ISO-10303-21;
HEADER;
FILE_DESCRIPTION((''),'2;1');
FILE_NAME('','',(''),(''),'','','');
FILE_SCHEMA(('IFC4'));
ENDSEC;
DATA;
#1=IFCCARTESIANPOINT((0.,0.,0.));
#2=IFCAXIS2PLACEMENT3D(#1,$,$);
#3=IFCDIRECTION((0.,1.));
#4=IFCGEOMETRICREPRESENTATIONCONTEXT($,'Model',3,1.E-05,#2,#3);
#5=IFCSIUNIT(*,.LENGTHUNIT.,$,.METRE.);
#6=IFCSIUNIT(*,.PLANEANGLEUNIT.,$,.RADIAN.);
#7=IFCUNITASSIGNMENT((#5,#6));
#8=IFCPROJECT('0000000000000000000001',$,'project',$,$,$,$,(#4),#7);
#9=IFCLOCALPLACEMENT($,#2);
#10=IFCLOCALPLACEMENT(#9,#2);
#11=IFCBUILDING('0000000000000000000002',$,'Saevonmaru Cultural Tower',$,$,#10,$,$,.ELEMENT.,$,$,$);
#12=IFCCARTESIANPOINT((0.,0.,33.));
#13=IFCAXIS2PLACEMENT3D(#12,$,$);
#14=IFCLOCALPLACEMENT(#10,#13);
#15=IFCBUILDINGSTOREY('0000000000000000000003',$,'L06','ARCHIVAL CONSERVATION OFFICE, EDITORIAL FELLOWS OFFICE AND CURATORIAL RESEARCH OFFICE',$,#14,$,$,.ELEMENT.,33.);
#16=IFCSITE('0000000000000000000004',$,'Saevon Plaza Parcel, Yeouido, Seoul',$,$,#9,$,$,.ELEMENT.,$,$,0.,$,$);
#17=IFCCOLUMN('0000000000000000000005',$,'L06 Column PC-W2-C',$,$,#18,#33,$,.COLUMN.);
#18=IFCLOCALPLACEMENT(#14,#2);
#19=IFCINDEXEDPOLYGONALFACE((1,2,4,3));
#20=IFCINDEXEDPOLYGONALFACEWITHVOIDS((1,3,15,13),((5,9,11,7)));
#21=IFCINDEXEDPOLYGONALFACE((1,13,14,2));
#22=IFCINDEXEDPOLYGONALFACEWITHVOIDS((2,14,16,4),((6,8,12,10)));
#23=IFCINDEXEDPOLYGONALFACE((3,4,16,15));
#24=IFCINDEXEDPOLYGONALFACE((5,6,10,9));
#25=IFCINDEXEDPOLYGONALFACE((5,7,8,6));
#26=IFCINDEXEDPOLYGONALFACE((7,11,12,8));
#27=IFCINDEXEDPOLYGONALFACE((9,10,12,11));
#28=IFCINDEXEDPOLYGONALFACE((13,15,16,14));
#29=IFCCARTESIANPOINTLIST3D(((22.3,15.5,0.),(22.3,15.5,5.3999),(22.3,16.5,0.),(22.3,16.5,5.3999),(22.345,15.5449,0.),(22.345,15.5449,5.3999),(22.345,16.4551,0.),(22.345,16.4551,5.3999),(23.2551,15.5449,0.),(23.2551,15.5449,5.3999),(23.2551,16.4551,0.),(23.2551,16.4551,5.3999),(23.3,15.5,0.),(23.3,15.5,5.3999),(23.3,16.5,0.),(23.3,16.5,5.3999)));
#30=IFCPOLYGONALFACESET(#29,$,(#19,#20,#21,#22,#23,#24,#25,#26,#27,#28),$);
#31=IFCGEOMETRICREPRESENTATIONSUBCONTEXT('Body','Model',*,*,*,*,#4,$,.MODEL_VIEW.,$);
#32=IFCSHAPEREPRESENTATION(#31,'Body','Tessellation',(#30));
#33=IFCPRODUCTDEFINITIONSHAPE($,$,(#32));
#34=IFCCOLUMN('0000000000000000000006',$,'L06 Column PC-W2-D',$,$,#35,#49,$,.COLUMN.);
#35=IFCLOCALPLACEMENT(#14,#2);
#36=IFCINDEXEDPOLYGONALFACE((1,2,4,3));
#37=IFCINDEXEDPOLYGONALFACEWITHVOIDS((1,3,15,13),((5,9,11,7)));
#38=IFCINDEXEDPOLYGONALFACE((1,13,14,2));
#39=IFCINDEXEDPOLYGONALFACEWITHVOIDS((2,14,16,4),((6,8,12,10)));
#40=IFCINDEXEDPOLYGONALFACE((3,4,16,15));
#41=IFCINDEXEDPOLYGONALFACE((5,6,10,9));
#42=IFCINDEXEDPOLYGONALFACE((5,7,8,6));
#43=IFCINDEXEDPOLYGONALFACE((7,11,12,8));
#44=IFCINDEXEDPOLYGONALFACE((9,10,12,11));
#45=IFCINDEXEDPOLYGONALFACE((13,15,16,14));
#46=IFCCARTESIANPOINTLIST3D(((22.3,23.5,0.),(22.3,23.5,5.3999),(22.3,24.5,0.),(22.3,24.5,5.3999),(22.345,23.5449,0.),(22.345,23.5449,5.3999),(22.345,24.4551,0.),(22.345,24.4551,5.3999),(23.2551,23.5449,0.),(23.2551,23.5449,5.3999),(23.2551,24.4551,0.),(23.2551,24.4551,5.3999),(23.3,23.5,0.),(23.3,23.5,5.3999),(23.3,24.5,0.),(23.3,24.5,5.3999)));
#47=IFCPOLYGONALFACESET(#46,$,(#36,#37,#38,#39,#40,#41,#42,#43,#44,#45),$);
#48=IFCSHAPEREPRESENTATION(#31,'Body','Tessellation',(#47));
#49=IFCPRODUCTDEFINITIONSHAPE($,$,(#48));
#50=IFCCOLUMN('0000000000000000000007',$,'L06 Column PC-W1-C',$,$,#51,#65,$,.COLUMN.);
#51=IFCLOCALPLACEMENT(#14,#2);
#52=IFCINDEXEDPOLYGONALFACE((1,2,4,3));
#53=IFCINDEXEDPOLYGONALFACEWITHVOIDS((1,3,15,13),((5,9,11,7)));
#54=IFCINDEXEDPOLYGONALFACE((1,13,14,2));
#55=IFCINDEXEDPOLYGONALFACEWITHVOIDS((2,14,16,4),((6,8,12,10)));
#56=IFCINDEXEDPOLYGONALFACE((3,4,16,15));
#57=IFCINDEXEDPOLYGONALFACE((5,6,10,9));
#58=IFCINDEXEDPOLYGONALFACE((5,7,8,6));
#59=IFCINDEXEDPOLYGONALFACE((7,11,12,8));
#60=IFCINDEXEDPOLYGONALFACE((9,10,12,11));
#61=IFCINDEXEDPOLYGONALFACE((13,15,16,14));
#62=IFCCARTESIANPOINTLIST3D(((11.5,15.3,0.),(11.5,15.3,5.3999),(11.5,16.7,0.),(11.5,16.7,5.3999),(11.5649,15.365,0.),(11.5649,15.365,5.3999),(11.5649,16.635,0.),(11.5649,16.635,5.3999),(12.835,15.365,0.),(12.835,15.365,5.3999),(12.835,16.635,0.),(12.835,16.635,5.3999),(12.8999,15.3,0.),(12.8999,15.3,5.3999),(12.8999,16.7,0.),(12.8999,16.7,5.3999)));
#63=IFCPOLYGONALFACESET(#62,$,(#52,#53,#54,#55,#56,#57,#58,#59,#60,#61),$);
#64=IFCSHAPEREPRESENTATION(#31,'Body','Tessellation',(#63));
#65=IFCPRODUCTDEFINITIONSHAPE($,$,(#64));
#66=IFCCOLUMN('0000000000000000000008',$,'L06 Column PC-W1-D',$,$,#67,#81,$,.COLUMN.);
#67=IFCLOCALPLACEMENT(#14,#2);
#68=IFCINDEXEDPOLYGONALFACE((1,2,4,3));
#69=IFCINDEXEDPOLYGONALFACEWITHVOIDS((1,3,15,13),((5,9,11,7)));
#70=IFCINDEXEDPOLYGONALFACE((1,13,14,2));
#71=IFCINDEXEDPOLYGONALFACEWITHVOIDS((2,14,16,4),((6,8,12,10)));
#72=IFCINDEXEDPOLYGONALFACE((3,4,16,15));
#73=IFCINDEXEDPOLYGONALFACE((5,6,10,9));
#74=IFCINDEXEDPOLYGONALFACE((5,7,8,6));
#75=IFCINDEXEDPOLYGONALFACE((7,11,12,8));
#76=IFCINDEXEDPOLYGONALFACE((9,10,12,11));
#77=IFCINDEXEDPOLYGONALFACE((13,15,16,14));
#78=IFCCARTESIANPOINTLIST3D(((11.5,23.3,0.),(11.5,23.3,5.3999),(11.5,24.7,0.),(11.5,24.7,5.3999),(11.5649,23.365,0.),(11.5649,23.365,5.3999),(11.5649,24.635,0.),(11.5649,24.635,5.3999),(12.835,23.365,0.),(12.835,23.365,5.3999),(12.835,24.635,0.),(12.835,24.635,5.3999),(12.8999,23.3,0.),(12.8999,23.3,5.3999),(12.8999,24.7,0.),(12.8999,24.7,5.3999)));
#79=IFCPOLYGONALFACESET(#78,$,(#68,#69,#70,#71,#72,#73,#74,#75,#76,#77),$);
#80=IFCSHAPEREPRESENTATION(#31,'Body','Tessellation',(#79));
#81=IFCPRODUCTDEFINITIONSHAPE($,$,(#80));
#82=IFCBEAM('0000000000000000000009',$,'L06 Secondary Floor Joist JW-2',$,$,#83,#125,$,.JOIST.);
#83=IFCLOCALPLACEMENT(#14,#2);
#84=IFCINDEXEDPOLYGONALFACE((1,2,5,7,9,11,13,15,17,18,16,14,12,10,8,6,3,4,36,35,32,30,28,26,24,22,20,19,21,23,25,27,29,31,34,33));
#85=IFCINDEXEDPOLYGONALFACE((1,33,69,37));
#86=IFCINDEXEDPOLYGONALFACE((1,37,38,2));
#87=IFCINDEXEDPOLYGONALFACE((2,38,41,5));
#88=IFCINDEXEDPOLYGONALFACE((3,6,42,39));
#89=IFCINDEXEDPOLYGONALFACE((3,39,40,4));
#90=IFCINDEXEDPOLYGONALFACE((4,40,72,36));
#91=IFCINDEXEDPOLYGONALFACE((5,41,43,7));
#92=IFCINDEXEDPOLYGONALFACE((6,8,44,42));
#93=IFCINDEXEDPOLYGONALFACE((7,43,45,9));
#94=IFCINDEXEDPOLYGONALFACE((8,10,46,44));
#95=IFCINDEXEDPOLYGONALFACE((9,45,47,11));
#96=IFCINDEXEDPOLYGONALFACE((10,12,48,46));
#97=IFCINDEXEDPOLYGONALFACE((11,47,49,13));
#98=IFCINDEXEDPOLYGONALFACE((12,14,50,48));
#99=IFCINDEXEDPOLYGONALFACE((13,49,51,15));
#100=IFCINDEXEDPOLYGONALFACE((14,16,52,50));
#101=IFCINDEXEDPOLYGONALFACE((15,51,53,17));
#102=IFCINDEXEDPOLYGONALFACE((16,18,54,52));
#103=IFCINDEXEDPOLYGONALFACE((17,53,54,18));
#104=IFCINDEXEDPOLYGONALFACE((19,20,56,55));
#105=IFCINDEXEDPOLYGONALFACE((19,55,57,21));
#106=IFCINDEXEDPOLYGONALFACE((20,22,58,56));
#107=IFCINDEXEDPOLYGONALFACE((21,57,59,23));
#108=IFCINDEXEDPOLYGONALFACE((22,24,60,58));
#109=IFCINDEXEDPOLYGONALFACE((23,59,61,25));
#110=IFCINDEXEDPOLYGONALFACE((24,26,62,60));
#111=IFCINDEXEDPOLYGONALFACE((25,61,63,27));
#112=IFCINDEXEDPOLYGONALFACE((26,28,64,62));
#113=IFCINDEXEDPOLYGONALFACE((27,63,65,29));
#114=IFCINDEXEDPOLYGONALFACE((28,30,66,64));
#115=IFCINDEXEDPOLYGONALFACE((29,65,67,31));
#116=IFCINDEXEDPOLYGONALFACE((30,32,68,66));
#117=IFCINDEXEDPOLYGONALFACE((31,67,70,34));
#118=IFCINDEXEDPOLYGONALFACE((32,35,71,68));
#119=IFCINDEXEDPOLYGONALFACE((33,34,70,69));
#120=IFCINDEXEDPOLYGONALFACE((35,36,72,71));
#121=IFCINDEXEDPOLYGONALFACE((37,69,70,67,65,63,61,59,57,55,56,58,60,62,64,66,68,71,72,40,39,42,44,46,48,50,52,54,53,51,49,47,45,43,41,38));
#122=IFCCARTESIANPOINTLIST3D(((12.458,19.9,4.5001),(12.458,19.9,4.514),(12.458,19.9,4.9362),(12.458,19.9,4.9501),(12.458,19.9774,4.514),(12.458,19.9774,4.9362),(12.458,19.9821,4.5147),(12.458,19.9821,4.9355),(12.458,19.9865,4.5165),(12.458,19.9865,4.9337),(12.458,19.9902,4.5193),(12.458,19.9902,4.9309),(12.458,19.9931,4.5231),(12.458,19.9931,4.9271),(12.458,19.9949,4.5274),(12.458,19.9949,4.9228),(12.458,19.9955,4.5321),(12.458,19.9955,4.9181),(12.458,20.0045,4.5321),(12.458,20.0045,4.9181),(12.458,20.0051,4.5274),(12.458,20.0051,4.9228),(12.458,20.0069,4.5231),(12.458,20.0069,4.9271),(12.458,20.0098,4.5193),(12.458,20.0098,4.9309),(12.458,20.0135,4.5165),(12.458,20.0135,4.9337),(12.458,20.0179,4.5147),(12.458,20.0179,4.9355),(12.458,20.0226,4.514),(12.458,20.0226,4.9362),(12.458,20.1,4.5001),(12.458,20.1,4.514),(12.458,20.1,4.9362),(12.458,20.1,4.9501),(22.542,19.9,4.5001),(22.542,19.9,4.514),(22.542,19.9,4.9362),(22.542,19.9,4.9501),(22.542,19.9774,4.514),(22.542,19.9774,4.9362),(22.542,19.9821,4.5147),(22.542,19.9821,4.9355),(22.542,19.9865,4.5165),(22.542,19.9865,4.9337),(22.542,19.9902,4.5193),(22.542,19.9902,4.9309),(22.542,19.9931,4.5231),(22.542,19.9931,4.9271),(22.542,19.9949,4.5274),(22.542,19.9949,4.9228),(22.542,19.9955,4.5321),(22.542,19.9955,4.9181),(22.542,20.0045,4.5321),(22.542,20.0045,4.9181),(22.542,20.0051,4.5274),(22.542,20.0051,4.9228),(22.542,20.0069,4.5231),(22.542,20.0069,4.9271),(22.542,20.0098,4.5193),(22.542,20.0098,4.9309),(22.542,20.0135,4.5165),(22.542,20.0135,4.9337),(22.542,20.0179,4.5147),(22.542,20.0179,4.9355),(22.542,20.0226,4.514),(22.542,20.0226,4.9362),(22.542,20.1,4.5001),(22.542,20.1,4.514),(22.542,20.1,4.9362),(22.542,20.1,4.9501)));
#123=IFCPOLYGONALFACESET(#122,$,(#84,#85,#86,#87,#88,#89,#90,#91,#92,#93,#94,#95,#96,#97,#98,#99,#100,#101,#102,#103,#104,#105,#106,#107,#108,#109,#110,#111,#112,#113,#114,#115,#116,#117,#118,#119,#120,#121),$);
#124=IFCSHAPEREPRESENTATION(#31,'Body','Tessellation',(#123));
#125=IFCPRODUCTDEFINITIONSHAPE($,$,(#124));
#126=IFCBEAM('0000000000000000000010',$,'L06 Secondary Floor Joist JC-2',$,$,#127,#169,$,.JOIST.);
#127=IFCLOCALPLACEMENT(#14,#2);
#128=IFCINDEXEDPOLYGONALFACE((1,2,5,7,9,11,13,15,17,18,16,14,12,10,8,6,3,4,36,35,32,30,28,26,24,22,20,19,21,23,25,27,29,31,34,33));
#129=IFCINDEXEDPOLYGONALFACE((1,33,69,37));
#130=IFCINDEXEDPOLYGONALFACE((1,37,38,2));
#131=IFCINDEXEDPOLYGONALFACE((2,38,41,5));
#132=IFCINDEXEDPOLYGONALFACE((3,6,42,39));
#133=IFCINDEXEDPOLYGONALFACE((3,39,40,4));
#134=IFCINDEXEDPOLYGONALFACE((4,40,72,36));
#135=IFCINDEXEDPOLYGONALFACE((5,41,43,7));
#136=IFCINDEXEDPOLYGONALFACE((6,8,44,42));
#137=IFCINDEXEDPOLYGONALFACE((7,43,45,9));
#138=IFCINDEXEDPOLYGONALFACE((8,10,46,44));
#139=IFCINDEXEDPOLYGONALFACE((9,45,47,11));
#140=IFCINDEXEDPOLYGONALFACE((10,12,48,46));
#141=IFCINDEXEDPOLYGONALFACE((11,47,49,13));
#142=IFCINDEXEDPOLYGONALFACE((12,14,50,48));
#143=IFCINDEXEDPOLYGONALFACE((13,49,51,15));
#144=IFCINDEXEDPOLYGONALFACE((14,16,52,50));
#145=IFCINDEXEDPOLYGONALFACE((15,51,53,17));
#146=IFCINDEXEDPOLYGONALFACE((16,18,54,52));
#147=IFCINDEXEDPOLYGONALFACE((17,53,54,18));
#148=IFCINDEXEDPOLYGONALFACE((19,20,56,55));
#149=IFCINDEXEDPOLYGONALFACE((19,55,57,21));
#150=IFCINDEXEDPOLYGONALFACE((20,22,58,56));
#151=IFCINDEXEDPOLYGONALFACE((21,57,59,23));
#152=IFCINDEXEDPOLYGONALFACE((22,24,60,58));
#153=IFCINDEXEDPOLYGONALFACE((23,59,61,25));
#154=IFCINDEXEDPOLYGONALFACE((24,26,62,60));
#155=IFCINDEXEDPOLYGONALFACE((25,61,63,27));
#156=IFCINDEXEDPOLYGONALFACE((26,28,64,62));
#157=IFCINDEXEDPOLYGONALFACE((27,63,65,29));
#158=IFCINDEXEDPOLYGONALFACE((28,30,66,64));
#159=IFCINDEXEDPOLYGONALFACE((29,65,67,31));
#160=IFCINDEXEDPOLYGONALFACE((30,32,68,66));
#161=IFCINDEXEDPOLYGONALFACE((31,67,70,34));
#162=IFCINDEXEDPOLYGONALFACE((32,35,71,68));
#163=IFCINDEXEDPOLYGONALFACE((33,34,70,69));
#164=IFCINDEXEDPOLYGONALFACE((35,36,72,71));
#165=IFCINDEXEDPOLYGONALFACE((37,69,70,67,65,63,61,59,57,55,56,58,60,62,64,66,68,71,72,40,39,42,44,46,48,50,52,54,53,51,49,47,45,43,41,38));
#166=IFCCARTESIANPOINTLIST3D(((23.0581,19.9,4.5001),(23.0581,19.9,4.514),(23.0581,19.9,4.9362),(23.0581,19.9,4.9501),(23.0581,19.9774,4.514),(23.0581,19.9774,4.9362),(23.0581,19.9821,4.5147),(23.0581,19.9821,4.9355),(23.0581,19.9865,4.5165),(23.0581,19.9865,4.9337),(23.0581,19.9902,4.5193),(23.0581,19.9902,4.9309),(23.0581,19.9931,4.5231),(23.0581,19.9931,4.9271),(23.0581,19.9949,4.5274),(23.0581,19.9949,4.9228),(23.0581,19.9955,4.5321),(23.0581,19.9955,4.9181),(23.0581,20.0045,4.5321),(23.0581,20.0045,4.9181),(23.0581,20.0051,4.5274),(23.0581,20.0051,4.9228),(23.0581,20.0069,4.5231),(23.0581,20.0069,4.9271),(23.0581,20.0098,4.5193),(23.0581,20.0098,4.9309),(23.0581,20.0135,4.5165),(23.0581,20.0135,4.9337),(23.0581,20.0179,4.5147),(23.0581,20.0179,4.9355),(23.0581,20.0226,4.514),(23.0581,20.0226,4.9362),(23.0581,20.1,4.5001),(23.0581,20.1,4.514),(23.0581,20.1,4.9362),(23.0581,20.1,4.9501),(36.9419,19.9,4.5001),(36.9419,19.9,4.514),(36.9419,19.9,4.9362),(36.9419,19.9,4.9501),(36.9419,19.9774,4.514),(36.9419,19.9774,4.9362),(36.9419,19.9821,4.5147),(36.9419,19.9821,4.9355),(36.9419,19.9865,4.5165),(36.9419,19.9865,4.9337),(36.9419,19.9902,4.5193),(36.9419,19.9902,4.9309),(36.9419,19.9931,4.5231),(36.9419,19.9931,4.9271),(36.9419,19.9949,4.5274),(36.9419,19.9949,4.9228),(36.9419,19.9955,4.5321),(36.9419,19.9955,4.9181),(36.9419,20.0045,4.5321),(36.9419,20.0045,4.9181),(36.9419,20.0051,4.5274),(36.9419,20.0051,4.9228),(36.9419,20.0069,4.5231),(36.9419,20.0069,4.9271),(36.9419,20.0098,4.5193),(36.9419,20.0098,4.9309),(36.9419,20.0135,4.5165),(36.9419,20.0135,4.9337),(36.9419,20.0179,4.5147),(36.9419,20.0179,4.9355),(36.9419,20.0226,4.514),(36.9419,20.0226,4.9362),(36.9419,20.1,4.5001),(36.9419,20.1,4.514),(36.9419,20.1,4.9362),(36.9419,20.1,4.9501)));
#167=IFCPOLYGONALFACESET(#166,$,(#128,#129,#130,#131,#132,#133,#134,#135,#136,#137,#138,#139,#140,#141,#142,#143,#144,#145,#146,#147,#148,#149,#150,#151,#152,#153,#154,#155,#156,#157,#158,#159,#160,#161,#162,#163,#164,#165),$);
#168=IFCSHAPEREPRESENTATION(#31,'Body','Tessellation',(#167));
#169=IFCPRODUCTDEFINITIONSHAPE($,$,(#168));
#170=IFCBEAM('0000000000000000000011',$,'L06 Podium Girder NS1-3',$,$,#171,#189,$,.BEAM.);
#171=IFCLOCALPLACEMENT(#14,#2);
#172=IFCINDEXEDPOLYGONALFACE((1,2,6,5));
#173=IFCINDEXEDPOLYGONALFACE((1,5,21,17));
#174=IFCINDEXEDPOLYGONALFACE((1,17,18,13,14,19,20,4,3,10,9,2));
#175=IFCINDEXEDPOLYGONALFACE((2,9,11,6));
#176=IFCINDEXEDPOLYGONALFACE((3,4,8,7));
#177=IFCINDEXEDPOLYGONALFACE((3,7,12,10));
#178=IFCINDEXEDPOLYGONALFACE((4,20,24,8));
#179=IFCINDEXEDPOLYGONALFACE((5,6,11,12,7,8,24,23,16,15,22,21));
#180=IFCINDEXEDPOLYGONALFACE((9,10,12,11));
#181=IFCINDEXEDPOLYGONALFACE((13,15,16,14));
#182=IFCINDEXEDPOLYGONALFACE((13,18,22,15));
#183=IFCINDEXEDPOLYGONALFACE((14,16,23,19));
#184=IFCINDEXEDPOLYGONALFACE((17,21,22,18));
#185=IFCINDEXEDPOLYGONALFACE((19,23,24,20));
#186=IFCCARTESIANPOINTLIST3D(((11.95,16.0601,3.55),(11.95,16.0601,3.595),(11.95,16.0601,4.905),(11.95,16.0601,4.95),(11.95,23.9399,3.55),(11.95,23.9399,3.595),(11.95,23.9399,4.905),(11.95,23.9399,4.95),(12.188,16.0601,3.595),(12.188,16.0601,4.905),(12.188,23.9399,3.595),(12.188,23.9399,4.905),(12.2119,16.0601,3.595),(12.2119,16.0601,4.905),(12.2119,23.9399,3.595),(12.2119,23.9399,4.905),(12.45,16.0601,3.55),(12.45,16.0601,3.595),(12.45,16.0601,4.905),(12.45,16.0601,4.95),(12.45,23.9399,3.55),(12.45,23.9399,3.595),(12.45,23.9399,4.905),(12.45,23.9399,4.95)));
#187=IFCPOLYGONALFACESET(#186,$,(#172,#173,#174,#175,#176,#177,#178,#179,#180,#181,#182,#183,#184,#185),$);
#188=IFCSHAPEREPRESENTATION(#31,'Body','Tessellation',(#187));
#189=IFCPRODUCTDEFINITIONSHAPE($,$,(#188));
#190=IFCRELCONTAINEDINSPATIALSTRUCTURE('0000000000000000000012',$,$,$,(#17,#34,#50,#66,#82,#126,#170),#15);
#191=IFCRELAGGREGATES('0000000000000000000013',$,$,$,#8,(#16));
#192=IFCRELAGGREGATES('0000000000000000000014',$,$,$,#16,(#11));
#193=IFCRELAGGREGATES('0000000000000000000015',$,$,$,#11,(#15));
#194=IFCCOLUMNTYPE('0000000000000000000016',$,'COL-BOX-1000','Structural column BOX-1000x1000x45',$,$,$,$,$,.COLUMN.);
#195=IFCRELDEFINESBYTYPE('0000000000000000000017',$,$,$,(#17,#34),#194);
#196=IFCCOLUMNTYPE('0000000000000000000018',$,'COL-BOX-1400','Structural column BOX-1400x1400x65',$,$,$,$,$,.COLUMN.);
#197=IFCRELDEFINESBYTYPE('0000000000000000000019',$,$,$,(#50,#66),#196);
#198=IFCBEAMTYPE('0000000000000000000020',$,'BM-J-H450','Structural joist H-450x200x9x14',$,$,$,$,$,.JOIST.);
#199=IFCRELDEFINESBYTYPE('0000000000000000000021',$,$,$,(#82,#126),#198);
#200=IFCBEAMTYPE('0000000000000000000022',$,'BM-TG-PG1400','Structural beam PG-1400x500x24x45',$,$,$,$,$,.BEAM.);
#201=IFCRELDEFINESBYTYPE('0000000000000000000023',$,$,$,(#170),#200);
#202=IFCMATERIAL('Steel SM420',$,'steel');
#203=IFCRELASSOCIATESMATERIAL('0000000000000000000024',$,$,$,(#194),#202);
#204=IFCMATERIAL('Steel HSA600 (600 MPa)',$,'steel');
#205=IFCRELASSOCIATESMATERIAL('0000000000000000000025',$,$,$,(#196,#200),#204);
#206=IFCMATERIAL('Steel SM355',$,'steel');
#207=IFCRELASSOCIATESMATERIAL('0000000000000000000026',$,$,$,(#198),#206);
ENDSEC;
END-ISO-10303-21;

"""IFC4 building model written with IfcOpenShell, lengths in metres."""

from ifc_helpers import new_model, si_unit, direction, frame, origin, origin_2d, place, context, subcontext, project, spatial, hollow_rectangle, i_section, extrude, material, material_profile, profile_set, type_object, element, save


model = new_model("IFC4")

# Units and contexts
model_context = context("Model", 3, precision=1e-05, world=origin(), true_north=direction((0.0, 1.0)))
body_context = subcontext(model_context, "Body", "Model", "MODEL_VIEW")
ifc_project = project(units=[si_unit("LENGTHUNIT", "METRE"), si_unit("PLANEANGLEUNIT", "RADIAN")], contexts=[model_context])

# Site, building, storey
site_placement = place(None, origin())
site = spatial("IfcSite", under=ifc_project, at=site_placement, Name="Saevon Plaza Parcel, Yeouido, Seoul", CompositionType="ELEMENT", RefElevation=0.0)
building_placement = place(site_placement, origin())
building = spatial("IfcBuilding", under=site, at=building_placement, Name="Saevonmaru Cultural Tower", CompositionType="ELEMENT")
storey_placement = place(building_placement, frame((0.0, 0.0, 33.0)))
storey = spatial("IfcBuildingStorey", under=building, at=storey_placement, Name="L06", Description="ARCHIVAL CONSERVATION OFFICE, EDITORIAL FELLOWS OFFICE AND CURATORIAL RESEARCH OFFICE", CompositionType="ELEMENT", Elevation=33.0)

# Columns
ifc_material_1 = material(Name="Steel SM420", Category="steel")
ifc_material_profile_1 = material_profile(ifc_material_1, hollow_rectangle(XDim=1.0, YDim=1.0, WallThickness=0.0449, at=origin_2d()), Name="BOX-1000x1000x45")
ifc_profile_set_1 = profile_set([ifc_material_profile_1], Name="Steel SM420")
column_type_1 = type_object("IfcColumnType", Name="COL-BOX-1000", Description="Structural column BOX-1000x1000x45", PredefinedType="COLUMN", material=ifc_profile_set_1)
for number, where, z_axis, x_axis, name in (
    (1, (22.8, 16.0, 0.0), (0.0, 0.0, 1.0), (1.0, 0.0, 0.0), "L06 Column PC-W2-C"),
    (2, (22.8, 24.0, 0.0), (0.0, 0.0, 1.0), (1.0, 0.0, 0.0), "L06 Column PC-W2-D"),
):
    element("IfcColumn", number, at=place(storey_placement, frame(where, z_axis=z_axis, x_axis=x_axis)), inside=storey, type_object=column_type_1, Name=name, PredefinedType="COLUMN", context=body_context, shape_type="SweptSolid", body=[
        extrude(hollow_rectangle(XDim=1.0, YDim=1.0, WallThickness=0.0449, at=origin_2d()), origin(), (0.0, 0.0, 1.0), 5.3999),
    ])
ifc_material_2 = material(Name="Steel HSA600 (600 MPa)", Category="steel")
ifc_material_profile_2 = material_profile(ifc_material_2, hollow_rectangle(XDim=1.3999, YDim=1.3999, WallThickness=0.0649, at=origin_2d()), Name="BOX-1400x1400x65")
ifc_profile_set_2 = profile_set([ifc_material_profile_2], Name="Steel HSA600 (600 MPa)")
column_type_2 = type_object("IfcColumnType", Name="COL-BOX-1400", Description="Structural column BOX-1400x1400x65", PredefinedType="COLUMN", material=ifc_profile_set_2)
for number, where, z_axis, x_axis, name in (
    (3, (12.2, 16.0, 0.0), (0.0, 0.0, 1.0), (1.0, 0.0, 0.0), "L06 Column PC-W1-C"),
    (4, (12.2, 24.0, 0.0), (0.0, 0.0, 1.0), (1.0, 0.0, 0.0), "L06 Column PC-W1-D"),
):
    element("IfcColumn", number, at=place(storey_placement, frame(where, z_axis=z_axis, x_axis=x_axis)), inside=storey, type_object=column_type_2, Name=name, PredefinedType="COLUMN", context=body_context, shape_type="SweptSolid", body=[
        extrude(hollow_rectangle(XDim=1.3999, YDim=1.3999, WallThickness=0.0649, at=origin_2d()), origin(), (0.0, 0.0, 1.0), 5.3999),
    ])

# Beams
ifc_material_3 = material(Name="Steel SM355", Category="steel")
ifc_material_profile_3 = material_profile(ifc_material_3, i_section(OverallWidth=0.2, OverallDepth=0.45, WebThickness=0.009, FlangeThickness=0.0139, FilletRadius=0.0181, at=origin_2d()), Name="H-450x200x9x14")
ifc_profile_set_3 = profile_set([ifc_material_profile_3], Name="Steel SM355")
beam_type_1 = type_object("IfcBeamType", Name="BM-J-H450", Description="Structural joist H-450x200x9x14", PredefinedType="JOIST", material=ifc_profile_set_3)
beam_1_placement = place(storey_placement, frame((12.458, 20.0, 4.7251), z_axis=(1.0, 0.0, 0.0), x_axis=(0.0, 1.0, 0.0)))
element("IfcBeam", 5, at=beam_1_placement, inside=storey, type_object=beam_type_1, Name="L06 Secondary Floor Joist JW-2", PredefinedType="JOIST", context=body_context, shape_type="SweptSolid", body=[
    extrude(i_section(OverallWidth=0.2, OverallDepth=0.45, WebThickness=0.009, FlangeThickness=0.0139, FilletRadius=0.0181, at=origin_2d()), origin(), (0.0, 0.0, 1.0), 10.084),
])
beam_2_placement = place(storey_placement, frame((23.0581, 20.0, 4.7251), z_axis=(1.0, 0.0, 0.0), x_axis=(0.0, 1.0, 0.0)))
element("IfcBeam", 6, at=beam_2_placement, inside=storey, type_object=beam_type_1, Name="L06 Secondary Floor Joist JC-2", PredefinedType="JOIST", context=body_context, shape_type="SweptSolid", body=[
    extrude(i_section(OverallWidth=0.2, OverallDepth=0.45, WebThickness=0.009, FlangeThickness=0.0139, FilletRadius=0.0181, at=origin_2d()), origin(), (0.0, 0.0, 1.0), 13.8838),
])
ifc_material_profile_4 = material_profile(ifc_material_2, i_section(OverallWidth=0.5, OverallDepth=1.3999, WebThickness=0.0239, FlangeThickness=0.0449, at=origin_2d()), Name="PG-1400x500x24x45")
ifc_profile_set_4 = profile_set([ifc_material_profile_4], Name="Steel HSA600 (600 MPa)")
beam_type_2 = type_object("IfcBeamType", Name="BM-TG-PG1400", Description="Structural beam PG-1400x500x24x45", PredefinedType="BEAM", material=ifc_profile_set_4)
for number, where, z_axis, x_axis, name in (
    (7, (12.2, 16.0601, 4.25), (0.0, 1.0, 0.0), (-1.0, 0.0, 0.0), "L06 Podium Girder NS1-3"),
):
    element("IfcBeam", number, at=place(storey_placement, frame(where, z_axis=z_axis, x_axis=x_axis)), inside=storey, type_object=beam_type_2, Name=name, PredefinedType="BEAM", context=body_context, shape_type="SweptSolid", body=[
        extrude(i_section(OverallWidth=0.5, OverallDepth=1.3999, WebThickness=0.0239, FlangeThickness=0.0449, at=origin_2d()), origin(), (0.0, 0.0, 1.0), 7.8799),
    ])

save(model, "model.ifc")
